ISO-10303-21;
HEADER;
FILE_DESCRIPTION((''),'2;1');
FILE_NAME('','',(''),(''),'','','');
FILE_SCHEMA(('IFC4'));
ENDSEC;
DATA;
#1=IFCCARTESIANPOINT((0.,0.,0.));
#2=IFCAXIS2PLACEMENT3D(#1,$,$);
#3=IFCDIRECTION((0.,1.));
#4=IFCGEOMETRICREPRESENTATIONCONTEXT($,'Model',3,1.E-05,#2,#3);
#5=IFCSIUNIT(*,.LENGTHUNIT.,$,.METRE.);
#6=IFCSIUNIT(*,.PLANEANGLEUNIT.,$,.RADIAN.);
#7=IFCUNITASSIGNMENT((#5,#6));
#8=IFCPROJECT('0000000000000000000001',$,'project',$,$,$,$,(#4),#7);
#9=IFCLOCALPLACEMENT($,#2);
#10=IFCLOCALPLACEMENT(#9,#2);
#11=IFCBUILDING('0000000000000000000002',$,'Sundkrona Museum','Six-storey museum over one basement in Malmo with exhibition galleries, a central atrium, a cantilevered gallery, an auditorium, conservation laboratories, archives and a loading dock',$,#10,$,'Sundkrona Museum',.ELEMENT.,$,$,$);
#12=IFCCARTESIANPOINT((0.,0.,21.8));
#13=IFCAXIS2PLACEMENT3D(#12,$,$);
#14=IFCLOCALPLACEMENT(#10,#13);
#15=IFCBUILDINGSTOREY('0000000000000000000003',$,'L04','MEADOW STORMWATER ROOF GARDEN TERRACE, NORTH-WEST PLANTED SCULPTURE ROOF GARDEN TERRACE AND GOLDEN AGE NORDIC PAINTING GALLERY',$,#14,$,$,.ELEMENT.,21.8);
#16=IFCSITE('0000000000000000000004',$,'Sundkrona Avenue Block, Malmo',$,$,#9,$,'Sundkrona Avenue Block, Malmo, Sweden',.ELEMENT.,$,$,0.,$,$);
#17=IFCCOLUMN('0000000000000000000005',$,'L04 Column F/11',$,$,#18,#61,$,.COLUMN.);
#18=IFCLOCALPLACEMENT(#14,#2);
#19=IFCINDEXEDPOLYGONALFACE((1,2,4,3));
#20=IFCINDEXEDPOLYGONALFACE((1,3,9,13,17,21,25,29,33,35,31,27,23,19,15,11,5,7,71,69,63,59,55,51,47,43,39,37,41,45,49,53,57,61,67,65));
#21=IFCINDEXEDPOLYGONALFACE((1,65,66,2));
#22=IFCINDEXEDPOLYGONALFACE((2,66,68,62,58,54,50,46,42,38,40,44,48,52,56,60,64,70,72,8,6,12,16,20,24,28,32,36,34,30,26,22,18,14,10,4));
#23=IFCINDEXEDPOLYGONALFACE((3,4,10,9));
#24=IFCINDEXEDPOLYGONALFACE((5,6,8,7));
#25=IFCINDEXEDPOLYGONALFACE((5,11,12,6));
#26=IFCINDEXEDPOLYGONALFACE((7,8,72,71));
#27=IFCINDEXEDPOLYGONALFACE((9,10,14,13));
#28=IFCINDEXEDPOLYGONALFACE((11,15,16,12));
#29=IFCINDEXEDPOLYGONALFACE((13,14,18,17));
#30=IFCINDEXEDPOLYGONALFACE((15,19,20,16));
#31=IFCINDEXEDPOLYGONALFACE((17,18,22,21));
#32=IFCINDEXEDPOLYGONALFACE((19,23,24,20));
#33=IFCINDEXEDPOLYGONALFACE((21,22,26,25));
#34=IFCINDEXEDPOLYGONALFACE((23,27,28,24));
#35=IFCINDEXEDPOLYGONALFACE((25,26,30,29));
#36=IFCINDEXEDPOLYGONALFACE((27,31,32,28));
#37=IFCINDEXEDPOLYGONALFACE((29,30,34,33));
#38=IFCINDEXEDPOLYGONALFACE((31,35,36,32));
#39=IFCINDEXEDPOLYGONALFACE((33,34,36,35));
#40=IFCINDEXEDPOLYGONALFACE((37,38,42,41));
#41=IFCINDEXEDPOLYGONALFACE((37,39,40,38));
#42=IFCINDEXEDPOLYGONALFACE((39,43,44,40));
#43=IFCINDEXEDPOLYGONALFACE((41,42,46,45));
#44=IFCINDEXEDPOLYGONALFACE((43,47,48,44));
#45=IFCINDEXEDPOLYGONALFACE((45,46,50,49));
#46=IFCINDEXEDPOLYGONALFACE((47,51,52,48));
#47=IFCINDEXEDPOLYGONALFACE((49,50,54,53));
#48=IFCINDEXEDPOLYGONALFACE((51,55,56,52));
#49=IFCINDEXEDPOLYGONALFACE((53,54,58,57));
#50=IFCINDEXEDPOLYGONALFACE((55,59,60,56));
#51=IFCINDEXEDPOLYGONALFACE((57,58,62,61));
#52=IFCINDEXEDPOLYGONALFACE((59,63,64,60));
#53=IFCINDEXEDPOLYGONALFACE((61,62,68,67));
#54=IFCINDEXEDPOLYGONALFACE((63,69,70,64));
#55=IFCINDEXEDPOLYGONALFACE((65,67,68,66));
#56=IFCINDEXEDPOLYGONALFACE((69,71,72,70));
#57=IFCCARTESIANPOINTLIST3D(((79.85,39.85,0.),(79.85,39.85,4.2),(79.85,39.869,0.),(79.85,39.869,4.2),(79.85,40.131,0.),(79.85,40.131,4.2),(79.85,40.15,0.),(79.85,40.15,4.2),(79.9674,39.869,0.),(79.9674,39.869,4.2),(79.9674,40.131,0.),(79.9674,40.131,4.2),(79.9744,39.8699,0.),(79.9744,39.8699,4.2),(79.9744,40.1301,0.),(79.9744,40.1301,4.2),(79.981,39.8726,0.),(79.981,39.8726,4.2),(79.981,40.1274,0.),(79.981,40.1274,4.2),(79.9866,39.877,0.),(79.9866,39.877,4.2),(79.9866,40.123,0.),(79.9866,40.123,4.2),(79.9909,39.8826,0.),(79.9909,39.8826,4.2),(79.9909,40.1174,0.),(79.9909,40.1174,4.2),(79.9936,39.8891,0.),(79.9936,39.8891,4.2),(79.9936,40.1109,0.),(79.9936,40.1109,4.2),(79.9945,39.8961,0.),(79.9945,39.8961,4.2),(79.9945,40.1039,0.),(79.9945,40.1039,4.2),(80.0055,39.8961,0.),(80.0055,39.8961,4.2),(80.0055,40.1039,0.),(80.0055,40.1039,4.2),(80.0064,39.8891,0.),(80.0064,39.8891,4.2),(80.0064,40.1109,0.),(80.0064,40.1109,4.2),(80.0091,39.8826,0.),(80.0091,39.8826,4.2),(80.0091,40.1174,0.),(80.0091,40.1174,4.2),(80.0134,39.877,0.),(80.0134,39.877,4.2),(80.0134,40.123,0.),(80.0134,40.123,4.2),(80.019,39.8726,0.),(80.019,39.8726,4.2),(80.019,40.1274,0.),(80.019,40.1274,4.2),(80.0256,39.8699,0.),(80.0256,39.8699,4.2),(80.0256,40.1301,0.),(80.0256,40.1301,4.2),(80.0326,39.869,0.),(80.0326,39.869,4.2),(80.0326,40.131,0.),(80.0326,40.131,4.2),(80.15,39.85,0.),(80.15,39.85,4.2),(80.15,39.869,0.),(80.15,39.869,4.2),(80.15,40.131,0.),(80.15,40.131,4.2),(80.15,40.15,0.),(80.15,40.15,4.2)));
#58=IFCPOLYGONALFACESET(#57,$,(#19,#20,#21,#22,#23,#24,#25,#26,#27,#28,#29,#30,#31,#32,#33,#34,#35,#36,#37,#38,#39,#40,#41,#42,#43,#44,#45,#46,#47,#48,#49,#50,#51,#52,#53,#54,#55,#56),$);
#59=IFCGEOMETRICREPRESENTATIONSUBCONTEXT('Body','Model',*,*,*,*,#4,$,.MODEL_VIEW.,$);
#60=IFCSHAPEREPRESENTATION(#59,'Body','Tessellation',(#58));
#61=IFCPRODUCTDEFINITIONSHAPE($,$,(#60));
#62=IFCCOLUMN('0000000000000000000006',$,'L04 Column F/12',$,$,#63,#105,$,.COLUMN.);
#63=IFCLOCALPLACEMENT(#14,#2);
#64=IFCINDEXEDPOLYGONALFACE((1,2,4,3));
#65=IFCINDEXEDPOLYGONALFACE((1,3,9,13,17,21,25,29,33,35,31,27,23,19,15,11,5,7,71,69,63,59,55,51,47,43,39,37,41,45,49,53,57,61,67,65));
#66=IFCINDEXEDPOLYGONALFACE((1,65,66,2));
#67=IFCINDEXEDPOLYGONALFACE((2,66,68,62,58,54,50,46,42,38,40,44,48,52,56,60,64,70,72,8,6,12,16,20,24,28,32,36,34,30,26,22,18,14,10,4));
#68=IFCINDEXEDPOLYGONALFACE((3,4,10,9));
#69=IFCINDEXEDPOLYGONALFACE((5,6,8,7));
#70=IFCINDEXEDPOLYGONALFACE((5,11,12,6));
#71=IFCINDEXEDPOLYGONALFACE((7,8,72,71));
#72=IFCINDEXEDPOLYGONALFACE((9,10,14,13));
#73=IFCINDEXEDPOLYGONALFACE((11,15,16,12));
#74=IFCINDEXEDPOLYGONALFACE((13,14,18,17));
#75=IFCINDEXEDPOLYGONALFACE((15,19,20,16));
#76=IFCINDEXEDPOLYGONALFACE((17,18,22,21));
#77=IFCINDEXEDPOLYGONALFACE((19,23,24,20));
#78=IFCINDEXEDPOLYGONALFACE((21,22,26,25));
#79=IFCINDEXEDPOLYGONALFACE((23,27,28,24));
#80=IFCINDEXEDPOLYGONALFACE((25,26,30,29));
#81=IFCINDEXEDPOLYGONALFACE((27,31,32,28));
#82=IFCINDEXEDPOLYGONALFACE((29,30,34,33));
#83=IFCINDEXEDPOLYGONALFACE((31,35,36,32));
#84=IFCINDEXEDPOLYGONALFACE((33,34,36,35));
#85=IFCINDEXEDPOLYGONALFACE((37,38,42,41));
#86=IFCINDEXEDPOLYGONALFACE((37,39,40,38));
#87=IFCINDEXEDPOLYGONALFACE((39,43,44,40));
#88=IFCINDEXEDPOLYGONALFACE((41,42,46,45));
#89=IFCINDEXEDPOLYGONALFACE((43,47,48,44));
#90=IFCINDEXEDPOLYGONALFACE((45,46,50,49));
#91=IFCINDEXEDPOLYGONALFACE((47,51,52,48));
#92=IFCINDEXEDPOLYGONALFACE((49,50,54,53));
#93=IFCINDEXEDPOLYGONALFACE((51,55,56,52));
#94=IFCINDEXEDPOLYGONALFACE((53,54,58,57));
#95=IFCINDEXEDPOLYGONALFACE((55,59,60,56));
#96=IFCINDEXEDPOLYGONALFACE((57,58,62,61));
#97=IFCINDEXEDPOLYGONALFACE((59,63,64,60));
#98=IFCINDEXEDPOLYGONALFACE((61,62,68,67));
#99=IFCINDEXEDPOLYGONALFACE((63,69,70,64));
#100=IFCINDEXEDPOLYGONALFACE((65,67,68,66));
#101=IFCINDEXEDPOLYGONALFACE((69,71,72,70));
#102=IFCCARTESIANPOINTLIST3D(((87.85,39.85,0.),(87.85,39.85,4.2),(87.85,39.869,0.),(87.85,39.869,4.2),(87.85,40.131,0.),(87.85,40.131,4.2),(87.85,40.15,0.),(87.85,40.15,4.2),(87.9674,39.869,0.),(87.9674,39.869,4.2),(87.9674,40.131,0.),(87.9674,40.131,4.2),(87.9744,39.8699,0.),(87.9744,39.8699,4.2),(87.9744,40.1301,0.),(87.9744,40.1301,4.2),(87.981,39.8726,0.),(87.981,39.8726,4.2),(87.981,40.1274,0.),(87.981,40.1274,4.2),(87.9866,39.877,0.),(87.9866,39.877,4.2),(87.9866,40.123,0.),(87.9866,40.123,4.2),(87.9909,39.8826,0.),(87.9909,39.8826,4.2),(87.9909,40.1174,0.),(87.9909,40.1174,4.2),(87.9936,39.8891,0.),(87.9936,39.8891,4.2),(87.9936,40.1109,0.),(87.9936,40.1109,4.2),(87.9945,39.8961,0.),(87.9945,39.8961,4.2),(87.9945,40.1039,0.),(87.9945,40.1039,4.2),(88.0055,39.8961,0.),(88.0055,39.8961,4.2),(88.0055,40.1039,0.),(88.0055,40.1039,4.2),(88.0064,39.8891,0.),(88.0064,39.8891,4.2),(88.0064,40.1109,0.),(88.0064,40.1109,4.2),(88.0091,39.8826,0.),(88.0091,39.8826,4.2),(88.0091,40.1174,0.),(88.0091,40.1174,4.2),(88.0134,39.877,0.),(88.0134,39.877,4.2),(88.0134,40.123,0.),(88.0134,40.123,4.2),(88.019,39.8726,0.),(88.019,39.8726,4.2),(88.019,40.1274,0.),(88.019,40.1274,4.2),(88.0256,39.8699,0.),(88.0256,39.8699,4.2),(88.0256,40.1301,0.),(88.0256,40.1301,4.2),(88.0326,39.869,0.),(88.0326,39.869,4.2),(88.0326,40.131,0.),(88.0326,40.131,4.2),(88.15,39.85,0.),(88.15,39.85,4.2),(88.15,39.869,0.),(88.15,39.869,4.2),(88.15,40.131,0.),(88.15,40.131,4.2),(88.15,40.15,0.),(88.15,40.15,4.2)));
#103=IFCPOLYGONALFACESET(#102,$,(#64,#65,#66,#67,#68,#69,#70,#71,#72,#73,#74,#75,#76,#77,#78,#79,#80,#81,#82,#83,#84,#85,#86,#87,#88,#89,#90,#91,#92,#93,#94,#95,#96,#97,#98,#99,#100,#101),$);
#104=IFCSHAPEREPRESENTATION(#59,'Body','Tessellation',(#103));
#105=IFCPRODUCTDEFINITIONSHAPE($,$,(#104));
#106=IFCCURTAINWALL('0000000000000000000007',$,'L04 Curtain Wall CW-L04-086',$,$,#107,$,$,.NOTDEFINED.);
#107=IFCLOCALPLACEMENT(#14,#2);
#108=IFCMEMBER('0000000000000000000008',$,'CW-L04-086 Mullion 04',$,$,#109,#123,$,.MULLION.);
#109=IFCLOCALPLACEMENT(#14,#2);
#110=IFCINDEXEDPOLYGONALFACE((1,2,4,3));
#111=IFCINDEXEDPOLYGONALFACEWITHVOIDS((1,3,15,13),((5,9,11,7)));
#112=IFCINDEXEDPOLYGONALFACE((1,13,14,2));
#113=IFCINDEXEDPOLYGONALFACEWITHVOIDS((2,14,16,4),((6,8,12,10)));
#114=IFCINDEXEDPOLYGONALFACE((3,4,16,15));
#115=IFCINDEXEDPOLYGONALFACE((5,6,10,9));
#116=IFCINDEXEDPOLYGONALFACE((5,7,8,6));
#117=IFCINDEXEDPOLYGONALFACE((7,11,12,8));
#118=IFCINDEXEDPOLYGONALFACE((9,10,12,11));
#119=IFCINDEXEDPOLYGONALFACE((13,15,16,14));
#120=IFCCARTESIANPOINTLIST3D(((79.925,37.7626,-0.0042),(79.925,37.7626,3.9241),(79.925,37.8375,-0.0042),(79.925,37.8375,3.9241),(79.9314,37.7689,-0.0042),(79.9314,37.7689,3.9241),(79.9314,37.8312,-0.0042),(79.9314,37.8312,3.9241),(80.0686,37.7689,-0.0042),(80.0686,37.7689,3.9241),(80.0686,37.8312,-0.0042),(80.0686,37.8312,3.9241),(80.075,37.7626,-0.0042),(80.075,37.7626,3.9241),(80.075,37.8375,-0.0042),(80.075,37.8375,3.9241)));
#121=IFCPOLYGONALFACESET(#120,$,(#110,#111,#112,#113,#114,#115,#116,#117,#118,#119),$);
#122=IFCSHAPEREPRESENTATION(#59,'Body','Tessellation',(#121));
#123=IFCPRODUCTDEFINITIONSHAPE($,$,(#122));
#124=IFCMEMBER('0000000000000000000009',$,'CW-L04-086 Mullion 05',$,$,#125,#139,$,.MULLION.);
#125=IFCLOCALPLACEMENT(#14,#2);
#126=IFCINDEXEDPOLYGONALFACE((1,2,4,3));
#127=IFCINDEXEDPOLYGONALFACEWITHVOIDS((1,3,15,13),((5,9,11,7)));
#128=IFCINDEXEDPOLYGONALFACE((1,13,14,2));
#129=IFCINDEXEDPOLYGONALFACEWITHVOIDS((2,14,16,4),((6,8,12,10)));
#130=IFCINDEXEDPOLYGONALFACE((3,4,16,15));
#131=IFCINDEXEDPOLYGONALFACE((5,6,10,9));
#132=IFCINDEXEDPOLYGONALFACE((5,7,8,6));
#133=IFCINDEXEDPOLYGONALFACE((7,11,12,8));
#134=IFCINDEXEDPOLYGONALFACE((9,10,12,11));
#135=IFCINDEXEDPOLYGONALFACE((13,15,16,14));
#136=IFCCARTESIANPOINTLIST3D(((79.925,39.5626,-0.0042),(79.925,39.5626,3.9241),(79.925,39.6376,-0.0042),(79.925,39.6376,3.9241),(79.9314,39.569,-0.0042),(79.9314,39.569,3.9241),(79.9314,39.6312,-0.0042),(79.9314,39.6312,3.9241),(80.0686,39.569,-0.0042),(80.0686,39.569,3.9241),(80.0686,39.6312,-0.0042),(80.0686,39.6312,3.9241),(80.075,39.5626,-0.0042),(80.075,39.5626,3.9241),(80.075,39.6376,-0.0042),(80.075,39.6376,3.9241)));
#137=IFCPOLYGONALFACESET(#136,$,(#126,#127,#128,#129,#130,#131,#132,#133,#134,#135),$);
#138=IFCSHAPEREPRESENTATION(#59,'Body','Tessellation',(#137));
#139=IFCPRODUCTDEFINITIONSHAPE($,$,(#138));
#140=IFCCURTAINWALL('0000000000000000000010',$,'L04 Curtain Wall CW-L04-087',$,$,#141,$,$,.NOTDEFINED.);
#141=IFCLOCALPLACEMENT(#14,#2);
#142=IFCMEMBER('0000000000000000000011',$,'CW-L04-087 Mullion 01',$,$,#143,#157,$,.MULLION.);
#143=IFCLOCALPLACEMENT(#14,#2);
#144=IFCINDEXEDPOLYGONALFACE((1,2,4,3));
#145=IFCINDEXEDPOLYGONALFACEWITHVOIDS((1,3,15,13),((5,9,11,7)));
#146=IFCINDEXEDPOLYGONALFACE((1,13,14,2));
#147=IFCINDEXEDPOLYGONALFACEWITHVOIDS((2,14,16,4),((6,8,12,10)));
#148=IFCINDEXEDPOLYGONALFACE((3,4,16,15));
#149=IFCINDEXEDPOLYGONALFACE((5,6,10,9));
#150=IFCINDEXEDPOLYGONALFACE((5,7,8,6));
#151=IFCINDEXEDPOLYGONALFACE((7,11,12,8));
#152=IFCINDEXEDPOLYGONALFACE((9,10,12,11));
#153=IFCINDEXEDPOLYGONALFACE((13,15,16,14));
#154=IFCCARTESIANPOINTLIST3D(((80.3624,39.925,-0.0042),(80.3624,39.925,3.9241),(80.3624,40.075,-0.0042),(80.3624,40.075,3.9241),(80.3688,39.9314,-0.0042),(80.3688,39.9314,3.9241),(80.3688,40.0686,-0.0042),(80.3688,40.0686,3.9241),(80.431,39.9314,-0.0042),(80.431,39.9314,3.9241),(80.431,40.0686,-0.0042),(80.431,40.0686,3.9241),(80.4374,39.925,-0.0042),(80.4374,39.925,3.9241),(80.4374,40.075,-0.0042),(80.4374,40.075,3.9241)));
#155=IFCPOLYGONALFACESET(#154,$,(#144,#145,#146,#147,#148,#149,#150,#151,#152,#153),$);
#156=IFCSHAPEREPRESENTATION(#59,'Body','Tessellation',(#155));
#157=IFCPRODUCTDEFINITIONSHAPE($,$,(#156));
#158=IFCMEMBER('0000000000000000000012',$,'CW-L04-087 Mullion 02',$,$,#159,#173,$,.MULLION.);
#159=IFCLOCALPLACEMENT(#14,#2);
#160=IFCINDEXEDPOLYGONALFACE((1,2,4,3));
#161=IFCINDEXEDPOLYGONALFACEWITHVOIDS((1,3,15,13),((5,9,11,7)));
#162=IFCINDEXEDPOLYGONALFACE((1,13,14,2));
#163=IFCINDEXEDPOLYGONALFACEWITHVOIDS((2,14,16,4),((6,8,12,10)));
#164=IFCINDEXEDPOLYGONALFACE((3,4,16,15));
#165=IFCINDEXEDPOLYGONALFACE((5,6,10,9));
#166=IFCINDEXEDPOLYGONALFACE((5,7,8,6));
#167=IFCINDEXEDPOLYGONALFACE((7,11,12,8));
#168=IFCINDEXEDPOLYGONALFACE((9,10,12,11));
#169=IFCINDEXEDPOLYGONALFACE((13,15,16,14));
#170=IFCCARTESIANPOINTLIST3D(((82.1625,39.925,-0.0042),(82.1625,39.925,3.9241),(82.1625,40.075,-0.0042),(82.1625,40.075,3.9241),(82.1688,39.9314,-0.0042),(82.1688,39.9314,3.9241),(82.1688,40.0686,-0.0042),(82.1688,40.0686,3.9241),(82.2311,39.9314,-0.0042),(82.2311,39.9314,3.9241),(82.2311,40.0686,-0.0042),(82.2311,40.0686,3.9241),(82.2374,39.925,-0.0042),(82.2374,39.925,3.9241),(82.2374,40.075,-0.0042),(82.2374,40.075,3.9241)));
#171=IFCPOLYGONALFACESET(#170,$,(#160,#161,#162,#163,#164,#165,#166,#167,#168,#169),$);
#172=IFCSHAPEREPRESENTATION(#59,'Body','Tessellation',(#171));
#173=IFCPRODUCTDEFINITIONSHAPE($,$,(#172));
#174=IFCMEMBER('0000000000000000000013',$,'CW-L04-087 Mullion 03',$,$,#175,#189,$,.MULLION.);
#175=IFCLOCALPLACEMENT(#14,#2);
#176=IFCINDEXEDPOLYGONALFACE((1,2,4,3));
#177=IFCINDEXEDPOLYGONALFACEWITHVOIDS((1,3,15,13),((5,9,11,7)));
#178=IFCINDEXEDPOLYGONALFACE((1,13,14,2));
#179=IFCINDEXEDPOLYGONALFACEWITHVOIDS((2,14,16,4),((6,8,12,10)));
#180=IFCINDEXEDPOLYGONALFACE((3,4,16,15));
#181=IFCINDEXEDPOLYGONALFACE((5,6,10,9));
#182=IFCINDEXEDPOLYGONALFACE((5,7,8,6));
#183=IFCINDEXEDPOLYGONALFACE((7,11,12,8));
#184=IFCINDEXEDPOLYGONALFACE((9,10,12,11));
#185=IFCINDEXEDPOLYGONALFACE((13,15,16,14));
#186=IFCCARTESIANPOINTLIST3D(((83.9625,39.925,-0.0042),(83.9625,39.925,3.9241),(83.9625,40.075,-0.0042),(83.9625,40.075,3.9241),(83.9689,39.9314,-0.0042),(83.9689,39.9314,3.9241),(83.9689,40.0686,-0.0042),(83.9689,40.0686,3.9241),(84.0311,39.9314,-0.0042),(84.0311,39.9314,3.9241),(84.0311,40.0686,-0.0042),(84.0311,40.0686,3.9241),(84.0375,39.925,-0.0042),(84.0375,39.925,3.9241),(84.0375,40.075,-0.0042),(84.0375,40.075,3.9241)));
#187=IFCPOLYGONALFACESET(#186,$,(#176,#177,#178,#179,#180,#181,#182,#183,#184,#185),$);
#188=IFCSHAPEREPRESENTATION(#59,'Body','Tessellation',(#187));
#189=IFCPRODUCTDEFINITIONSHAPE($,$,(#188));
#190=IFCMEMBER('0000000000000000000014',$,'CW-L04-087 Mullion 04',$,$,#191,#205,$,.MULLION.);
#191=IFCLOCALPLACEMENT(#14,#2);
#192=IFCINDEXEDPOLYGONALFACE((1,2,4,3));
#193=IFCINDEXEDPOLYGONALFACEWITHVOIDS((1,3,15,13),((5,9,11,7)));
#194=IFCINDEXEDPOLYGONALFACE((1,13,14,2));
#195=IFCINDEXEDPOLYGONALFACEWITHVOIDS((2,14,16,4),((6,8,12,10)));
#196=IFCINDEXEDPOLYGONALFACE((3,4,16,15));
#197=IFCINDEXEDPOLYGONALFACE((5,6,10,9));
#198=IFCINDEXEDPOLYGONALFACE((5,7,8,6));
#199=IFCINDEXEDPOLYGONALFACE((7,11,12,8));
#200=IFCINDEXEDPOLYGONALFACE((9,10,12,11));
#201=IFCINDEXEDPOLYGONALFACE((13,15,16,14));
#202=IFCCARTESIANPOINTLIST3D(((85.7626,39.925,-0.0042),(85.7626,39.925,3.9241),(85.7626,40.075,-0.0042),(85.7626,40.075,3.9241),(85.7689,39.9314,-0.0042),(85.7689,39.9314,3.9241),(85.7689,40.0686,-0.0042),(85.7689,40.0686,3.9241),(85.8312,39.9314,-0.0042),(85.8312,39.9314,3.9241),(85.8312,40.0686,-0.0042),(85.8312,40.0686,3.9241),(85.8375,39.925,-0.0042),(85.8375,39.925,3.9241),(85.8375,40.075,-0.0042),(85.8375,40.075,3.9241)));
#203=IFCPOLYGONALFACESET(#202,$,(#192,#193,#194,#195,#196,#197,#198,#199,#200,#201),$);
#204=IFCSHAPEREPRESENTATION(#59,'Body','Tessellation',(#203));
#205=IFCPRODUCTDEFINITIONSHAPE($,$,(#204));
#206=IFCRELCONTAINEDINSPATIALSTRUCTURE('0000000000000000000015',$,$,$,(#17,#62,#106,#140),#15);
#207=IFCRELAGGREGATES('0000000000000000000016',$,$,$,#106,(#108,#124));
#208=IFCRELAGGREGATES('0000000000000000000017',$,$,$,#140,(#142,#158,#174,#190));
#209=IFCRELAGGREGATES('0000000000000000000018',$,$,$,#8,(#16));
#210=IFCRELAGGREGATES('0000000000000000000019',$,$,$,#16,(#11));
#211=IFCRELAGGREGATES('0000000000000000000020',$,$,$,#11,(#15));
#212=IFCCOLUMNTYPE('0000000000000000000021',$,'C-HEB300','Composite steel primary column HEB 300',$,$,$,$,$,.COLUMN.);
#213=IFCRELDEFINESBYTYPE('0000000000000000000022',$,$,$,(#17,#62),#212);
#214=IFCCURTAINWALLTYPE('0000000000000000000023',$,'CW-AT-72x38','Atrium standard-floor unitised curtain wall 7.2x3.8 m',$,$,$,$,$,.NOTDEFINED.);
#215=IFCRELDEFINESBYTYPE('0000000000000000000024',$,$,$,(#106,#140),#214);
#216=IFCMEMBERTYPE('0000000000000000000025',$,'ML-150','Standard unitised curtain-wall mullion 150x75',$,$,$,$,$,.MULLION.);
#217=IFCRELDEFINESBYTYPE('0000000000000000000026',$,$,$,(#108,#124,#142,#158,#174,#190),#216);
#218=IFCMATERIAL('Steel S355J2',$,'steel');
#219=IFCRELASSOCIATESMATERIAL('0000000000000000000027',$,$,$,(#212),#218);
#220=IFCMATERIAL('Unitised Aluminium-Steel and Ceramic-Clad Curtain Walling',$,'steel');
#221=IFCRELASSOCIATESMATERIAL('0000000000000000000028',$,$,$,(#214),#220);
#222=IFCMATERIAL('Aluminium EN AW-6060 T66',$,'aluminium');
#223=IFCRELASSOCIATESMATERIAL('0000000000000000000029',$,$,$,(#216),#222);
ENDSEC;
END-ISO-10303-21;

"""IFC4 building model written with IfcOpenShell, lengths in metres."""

from ifc_helpers import new_model, si_unit, direction, frame, origin, origin_2d, place, context, subcontext, project, spatial, hollow_rectangle, i_section, extrude, material, material_profile, profile_set, type_object, element, aggregate, save


model = new_model("IFC4")

# Units and contexts
model_context = context("Model", 3, precision=1e-05, world=origin(), true_north=direction((0.0, 1.0)))
body_context = subcontext(model_context, "Body", "Model", "MODEL_VIEW")
ifc_project = project(units=[si_unit("LENGTHUNIT", "METRE"), si_unit("PLANEANGLEUNIT", "RADIAN")], contexts=[model_context])

# Site, building, storey
site_placement = place(None, origin())
site = spatial("IfcSite", under=ifc_project, at=site_placement, Name="Sundkrona Avenue Block, Malmo", LongName="Sundkrona Avenue Block, Malmo, Sweden", CompositionType="ELEMENT", RefElevation=0.0)
building_placement = place(site_placement, origin())
building = spatial("IfcBuilding", under=site, at=building_placement, Name="Sundkrona Museum", Description="Six-storey museum over one basement in Malmo with exhibition galleries, a central atrium, a cantilevered gallery, an auditorium, conservation laboratories, archives and a loading dock", LongName="Sundkrona Museum", CompositionType="ELEMENT")
storey_placement = place(building_placement, frame((0.0, 0.0, 21.8)))
storey = spatial("IfcBuildingStorey", under=building, at=storey_placement, Name="L04", Description="MEADOW STORMWATER ROOF GARDEN TERRACE, NORTH-WEST PLANTED SCULPTURE ROOF GARDEN TERRACE AND GOLDEN AGE NORDIC PAINTING GALLERY", CompositionType="ELEMENT", Elevation=21.8)

# Columns
ifc_material_1 = material(Name="Steel S355J2", Category="steel")
ifc_material_profile_1 = material_profile(ifc_material_1, i_section(OverallWidth=0.3, OverallDepth=0.3, WebThickness=0.011, FlangeThickness=0.019, FilletRadius=0.0271, at=origin_2d()), Name="HEB 300")
ifc_profile_set_1 = profile_set([ifc_material_profile_1], Name="Steel S355J2")
column_type = type_object("IfcColumnType", Name="C-HEB300", Description="Composite steel primary column HEB 300", PredefinedType="COLUMN", material=ifc_profile_set_1)
for number, where, z_axis, x_axis, name in (
    (1, (80.0, 40.0, 0.0), (0.0, 0.0, 1.0), (1.0, 0.0, 0.0), "L04 Column F/11"),
    (2, (88.0, 40.0, 0.0), (0.0, 0.0, 1.0), (1.0, 0.0, 0.0), "L04 Column F/12"),
):
    element("IfcColumn", number, at=place(storey_placement, frame(where, z_axis=z_axis, x_axis=x_axis)), inside=storey, type_object=column_type, Name=name, PredefinedType="COLUMN", context=body_context, shape_type="SweptSolid", body=[
        extrude(i_section(OverallWidth=0.3, OverallDepth=0.3, WebThickness=0.011, FlangeThickness=0.019, FilletRadius=0.0271, at=origin_2d()), origin(), (0.0, 0.0, 1.0), 4.2),
    ])

# Curtain walls, members
ifc_material_2 = material(Name="Unitised Aluminium-Steel and Ceramic-Clad Curtain Walling", Category="steel")
curtain_wall_type = type_object("IfcCurtainWallType", Name="CW-AT-72x38", Description="Atrium standard-floor unitised curtain wall 7.2x3.8 m", PredefinedType="NOTDEFINED", material=ifc_material_2)
curtain_wall_1_placement = place(storey_placement, origin())
curtain_wall_1 = element("IfcCurtainWall", 3, at=curtain_wall_1_placement, inside=storey, type_object=curtain_wall_type, Name="L04 Curtain Wall CW-L04-086", PredefinedType="NOTDEFINED")
ifc_material_3 = material(Name="Aluminium EN AW-6060 T66", Category="aluminium")
ifc_material_profile_2 = material_profile(ifc_material_3, hollow_rectangle(XDim=0.075, YDim=0.1499, WallThickness=0.0063, at=origin_2d()), Name="RHS 150x75x6.3")
ifc_profile_set_2 = profile_set([ifc_material_profile_2], Name="Aluminium EN AW-6060 T66")
member_type_1 = type_object("IfcMemberType", Name="ML-150", Description="Standard unitised curtain-wall mullion 150x75", PredefinedType="MULLION", material=ifc_profile_set_2)
member_1_placement = place(storey_placement, frame((80.0, 37.8, -0.0042), z_axis=(0.0, 0.0, 1.0), x_axis=(0.0, 1.0, 0.0)))
member_1 = element("IfcMember", 4, at=member_1_placement, type_object=member_type_1, Name="CW-L04-086 Mullion 04", PredefinedType="MULLION", context=body_context, shape_type="SweptSolid", body=[
    extrude(hollow_rectangle(XDim=0.075, YDim=0.1499, WallThickness=0.0063, at=origin_2d()), origin(), (0.0, 0.0, 1.0), 3.9282),
])
member_2_placement = place(storey_placement, frame((80.0, 39.6001, -0.0042), z_axis=(0.0, 0.0, 1.0), x_axis=(0.0, 1.0, 0.0)))
member_2 = element("IfcMember", 5, at=member_2_placement, type_object=member_type_1, Name="CW-L04-086 Mullion 05", PredefinedType="MULLION", context=body_context, shape_type="SweptSolid", body=[
    extrude(hollow_rectangle(XDim=0.075, YDim=0.1499, WallThickness=0.0063, at=origin_2d()), origin(), (0.0, 0.0, 1.0), 3.9282),
])
curtain_wall_2_placement = place(storey_placement, origin())
curtain_wall_2 = element("IfcCurtainWall", 6, at=curtain_wall_2_placement, inside=storey, type_object=curtain_wall_type, Name="L04 Curtain Wall CW-L04-087", PredefinedType="NOTDEFINED")
member_3_placement = place(storey_placement, frame((80.3999, 40.0, -0.0042), z_axis=(0.0, 0.0, 1.0), x_axis=(1.0, 0.0, 0.0)))
member_3 = element("IfcMember", 7, at=member_3_placement, type_object=member_type_1, Name="CW-L04-087 Mullion 01", PredefinedType="MULLION", context=body_context, shape_type="SweptSolid", body=[
    extrude(hollow_rectangle(XDim=0.075, YDim=0.1499, WallThickness=0.0063, at=origin_2d()), origin(), (0.0, 0.0, 1.0), 3.9282),
])
member_4_placement = place(storey_placement, frame((82.2, 40.0, -0.0042), z_axis=(0.0, 0.0, 1.0), x_axis=(1.0, 0.0, 0.0)))
member_4 = element("IfcMember", 8, at=member_4_placement, type_object=member_type_1, Name="CW-L04-087 Mullion 02", PredefinedType="MULLION", context=body_context, shape_type="SweptSolid", body=[
    extrude(hollow_rectangle(XDim=0.075, YDim=0.1499, WallThickness=0.0063, at=origin_2d()), origin(), (0.0, 0.0, 1.0), 3.9282),
])
member_5_placement = place(storey_placement, frame((84.0, 40.0, -0.0042), z_axis=(0.0, 0.0, 1.0), x_axis=(1.0, 0.0, 0.0)))
member_5 = element("IfcMember", 9, at=member_5_placement, type_object=member_type_1, Name="CW-L04-087 Mullion 03", PredefinedType="MULLION", context=body_context, shape_type="SweptSolid", body=[
    extrude(hollow_rectangle(XDim=0.075, YDim=0.1499, WallThickness=0.0063, at=origin_2d()), origin(), (0.0, 0.0, 1.0), 3.9282),
])
member_6_placement = place(storey_placement, frame((85.8, 40.0, -0.0042), z_axis=(0.0, 0.0, 1.0), x_axis=(1.0, 0.0, 0.0)))
member_6 = element("IfcMember", 10, at=member_6_placement, type_object=member_type_1, Name="CW-L04-087 Mullion 04", PredefinedType="MULLION", context=body_context, shape_type="SweptSolid", body=[
    extrude(hollow_rectangle(XDim=0.075, YDim=0.1499, WallThickness=0.0063, at=origin_2d()), origin(), (0.0, 0.0, 1.0), 3.9282),
])

aggregate(curtain_wall_1, [member_1, member_2])
aggregate(curtain_wall_2, [member_3, member_4, member_5, member_6])

save(model, "model.ifc")
